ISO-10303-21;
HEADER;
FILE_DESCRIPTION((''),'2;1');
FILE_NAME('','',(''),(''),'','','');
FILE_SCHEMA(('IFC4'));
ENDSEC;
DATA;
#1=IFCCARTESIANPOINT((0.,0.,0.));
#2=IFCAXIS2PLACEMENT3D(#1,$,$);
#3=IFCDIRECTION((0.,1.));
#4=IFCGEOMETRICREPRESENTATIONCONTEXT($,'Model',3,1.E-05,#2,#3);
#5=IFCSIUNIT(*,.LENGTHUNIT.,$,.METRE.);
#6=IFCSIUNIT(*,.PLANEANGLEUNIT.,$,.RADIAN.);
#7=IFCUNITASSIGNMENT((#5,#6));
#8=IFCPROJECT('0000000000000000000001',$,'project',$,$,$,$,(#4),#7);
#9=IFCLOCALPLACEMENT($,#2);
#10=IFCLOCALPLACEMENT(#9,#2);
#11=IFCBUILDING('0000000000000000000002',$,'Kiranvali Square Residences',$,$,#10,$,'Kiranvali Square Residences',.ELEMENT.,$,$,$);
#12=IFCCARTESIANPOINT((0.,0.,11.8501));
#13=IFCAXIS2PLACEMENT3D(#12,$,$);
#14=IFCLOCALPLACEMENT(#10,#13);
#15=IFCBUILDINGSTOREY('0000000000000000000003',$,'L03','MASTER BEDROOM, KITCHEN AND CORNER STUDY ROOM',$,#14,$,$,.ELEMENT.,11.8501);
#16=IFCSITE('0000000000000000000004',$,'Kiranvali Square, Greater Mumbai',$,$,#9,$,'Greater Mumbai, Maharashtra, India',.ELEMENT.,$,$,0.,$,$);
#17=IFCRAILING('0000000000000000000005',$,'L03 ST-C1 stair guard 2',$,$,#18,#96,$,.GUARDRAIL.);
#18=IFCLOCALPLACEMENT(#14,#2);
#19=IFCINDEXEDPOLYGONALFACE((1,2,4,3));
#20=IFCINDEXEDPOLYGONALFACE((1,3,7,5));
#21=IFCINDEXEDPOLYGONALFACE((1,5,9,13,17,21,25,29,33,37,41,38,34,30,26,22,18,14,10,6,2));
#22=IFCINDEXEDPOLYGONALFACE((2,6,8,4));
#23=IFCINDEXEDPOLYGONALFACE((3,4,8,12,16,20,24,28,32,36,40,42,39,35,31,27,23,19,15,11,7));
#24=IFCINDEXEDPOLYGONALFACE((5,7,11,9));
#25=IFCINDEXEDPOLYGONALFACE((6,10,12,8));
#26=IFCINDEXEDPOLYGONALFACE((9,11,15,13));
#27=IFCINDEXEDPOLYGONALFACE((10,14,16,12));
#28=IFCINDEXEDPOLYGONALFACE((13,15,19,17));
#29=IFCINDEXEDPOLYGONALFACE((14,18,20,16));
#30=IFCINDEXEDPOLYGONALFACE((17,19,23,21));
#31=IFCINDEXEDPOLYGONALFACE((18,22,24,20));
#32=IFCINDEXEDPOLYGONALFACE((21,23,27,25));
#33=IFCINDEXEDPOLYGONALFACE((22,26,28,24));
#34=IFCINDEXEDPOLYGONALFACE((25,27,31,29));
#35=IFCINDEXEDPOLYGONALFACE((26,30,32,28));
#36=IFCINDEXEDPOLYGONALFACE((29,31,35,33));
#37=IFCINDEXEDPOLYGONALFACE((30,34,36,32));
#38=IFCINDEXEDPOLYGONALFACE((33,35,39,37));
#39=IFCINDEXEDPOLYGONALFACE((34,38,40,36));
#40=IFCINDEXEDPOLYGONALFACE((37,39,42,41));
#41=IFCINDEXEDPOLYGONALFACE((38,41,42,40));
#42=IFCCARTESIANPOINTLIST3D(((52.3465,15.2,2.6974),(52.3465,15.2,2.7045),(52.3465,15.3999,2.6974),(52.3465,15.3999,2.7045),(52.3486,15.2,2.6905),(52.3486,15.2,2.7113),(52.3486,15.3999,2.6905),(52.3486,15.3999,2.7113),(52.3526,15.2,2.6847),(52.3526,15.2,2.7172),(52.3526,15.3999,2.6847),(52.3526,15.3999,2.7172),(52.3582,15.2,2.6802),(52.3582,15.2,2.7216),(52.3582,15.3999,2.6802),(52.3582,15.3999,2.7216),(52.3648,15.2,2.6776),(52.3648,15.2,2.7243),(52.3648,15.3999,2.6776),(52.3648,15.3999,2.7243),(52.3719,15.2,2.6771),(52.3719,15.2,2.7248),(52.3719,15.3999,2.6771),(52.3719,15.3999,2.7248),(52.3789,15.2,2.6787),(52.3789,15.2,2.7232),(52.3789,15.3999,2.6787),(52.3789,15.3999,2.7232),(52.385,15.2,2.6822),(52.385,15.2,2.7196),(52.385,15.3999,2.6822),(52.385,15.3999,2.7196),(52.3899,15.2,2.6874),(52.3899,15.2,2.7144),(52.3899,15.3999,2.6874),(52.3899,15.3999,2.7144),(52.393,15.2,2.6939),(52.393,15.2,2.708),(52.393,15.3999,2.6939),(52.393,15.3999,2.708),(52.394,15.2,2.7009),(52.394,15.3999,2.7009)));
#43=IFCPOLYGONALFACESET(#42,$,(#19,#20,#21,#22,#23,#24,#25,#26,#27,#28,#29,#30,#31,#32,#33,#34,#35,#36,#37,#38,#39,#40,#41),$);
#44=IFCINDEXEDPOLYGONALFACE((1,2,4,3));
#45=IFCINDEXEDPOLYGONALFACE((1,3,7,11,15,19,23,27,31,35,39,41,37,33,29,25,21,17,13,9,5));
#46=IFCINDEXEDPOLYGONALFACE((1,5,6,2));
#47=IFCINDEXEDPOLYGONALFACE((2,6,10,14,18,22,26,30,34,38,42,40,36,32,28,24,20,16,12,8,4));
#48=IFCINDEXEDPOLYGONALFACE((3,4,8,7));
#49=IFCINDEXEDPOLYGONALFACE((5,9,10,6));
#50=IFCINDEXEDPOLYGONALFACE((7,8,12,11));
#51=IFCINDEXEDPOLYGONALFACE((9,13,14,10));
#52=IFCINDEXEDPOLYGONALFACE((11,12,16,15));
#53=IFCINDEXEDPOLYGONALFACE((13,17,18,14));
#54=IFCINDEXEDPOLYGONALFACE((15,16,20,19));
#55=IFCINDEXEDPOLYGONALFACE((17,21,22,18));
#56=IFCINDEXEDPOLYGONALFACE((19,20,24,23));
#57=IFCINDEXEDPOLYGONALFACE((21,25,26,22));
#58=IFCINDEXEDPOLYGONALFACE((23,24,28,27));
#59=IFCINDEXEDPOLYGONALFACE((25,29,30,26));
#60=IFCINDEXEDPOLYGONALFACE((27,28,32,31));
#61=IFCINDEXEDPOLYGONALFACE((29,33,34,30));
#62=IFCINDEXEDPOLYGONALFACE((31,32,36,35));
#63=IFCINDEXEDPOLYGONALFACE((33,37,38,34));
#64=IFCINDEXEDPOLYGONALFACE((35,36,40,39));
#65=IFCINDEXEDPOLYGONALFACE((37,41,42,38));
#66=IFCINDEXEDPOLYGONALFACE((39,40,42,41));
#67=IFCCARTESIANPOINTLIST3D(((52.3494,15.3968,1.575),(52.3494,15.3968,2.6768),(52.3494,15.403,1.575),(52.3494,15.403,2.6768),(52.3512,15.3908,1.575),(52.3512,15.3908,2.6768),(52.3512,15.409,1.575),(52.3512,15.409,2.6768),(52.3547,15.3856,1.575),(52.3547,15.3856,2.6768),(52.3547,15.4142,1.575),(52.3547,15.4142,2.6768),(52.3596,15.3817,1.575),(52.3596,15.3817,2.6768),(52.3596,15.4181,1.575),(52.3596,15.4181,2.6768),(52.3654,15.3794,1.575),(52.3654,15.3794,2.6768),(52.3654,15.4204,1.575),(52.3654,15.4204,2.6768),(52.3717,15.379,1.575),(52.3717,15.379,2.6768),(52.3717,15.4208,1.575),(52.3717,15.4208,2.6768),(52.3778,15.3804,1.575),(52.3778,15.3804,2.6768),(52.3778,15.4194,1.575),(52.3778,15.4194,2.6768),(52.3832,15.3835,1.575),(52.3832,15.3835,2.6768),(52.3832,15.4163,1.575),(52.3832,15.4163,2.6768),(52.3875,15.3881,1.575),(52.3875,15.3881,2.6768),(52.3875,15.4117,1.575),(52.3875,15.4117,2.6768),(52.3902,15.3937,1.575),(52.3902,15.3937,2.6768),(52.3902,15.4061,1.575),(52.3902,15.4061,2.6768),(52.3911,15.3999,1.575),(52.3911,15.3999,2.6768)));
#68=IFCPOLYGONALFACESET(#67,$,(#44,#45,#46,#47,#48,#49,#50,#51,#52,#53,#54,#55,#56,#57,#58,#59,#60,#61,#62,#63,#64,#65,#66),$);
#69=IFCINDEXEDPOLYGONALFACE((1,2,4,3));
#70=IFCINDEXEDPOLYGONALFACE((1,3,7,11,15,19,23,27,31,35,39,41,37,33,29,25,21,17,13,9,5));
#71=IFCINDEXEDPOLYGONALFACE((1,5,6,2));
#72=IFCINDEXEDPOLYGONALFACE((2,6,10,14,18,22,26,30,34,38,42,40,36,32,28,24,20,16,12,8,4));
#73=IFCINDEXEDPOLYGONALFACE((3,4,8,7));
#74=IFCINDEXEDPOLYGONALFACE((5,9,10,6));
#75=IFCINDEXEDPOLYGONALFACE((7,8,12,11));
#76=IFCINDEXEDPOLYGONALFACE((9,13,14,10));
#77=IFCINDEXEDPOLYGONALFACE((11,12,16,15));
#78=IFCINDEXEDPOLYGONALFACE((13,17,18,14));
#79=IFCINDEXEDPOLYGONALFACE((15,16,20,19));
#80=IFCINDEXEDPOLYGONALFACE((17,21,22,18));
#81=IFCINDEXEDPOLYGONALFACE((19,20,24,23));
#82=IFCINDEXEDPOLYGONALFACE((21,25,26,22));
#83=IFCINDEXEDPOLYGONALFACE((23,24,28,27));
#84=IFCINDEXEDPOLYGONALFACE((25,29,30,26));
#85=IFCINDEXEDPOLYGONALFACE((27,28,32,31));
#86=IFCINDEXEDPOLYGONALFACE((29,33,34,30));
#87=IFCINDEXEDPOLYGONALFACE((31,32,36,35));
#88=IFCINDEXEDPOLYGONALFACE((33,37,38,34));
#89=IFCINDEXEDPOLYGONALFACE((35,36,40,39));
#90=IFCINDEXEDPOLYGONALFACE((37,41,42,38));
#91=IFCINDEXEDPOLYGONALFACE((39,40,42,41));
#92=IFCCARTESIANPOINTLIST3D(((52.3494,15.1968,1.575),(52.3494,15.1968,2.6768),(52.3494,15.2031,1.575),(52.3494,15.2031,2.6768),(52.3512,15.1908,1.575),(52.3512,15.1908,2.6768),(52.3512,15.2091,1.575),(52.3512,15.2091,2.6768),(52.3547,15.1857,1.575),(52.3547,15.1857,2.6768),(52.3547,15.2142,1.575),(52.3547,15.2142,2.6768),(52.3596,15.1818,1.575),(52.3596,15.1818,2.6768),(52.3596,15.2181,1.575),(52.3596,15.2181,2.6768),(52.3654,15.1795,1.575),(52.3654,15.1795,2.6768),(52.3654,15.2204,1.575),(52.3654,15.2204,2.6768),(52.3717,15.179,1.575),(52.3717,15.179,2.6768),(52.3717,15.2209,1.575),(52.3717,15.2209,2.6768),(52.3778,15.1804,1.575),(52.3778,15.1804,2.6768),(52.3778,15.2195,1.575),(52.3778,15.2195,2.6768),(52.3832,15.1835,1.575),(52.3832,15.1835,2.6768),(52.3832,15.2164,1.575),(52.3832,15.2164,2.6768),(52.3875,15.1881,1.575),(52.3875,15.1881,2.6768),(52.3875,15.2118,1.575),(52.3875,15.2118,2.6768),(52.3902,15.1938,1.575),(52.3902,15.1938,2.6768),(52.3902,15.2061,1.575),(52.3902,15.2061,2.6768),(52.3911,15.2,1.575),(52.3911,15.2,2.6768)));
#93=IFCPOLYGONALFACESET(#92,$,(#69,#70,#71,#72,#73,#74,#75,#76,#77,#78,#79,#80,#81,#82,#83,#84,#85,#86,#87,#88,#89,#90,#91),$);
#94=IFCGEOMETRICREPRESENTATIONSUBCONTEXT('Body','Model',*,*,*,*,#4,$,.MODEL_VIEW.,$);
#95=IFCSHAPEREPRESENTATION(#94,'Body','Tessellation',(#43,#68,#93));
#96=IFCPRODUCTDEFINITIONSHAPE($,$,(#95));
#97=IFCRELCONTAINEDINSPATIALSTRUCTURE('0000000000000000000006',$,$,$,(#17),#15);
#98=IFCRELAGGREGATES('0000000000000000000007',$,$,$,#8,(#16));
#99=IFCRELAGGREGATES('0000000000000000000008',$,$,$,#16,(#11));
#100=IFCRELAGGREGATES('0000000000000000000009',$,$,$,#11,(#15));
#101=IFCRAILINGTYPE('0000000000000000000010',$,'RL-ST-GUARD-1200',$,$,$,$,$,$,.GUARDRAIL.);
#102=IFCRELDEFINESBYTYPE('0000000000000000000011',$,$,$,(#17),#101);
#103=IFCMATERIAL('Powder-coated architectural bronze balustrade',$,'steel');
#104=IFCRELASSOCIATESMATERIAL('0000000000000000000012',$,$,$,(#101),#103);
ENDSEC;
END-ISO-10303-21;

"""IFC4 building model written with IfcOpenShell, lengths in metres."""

from ifc_helpers import new_model, si_unit, direction, frame, origin, origin_2d, place, context, subcontext, project, spatial, circle, extrude, material, type_object, element, save


model = new_model("IFC4")

# Units and contexts
model_context = context("Model", 3, precision=1e-05, world=origin(), true_north=direction((0.0, 1.0)))
body_context = subcontext(model_context, "Body", "Model", "MODEL_VIEW")
ifc_project = project(units=[si_unit("LENGTHUNIT", "METRE"), si_unit("PLANEANGLEUNIT", "RADIAN")], contexts=[model_context])

# Site, building, storey
site_placement = place(None, origin())
site = spatial("IfcSite", under=ifc_project, at=site_placement, Name="Kiranvali Square, Greater Mumbai", LongName="Greater Mumbai, Maharashtra, India", CompositionType="ELEMENT", RefElevation=0.0)
building_placement = place(site_placement, origin())
building = spatial("IfcBuilding", under=site, at=building_placement, Name="Kiranvali Square Residences", LongName="Kiranvali Square Residences", CompositionType="ELEMENT")
storey_placement = place(building_placement, frame((0.0, 0.0, 11.8501)))
storey = spatial("IfcBuildingStorey", under=building, at=storey_placement, Name="L03", Description="MASTER BEDROOM, KITCHEN AND CORNER STUDY ROOM", CompositionType="ELEMENT", Elevation=11.8501)

# Railing
ifc_material_1 = material(Name="Powder-coated architectural bronze balustrade", Category="steel")
railing_type_1 = type_object("IfcRailingType", Name="RL-ST-GUARD-1200", PredefinedType="GUARDRAIL", material=ifc_material_1)
railing_1_placement = place(storey_placement, frame((52.3701, 15.3999, 1.575)))
element("IfcRailing", 1, at=railing_1_placement, inside=storey, type_object=railing_type_1, Name="L03 ST-C1 stair guard 2", PredefinedType="GUARDRAIL", context=body_context, shape_type="SweptSolid", body=[
    extrude(circle(Radius=0.0239, at=origin_2d()), frame((0.0, 0.0, 1.126), z_axis=(0.0, -1.0, 0.0), x_axis=(1.0, 0.0, 0.0)), (0.0, 0.0, 1.0), 0.2),
    extrude(circle(Radius=0.021, at=origin_2d()), origin(), (0.0, 0.0, 1.0), 1.1018),
    extrude(circle(Radius=0.021, at=origin_2d()), frame((0.0, -0.2, 0.0)), (0.0, 0.0, 1.0), 1.1018),
])

save(model, "model.ifc")
